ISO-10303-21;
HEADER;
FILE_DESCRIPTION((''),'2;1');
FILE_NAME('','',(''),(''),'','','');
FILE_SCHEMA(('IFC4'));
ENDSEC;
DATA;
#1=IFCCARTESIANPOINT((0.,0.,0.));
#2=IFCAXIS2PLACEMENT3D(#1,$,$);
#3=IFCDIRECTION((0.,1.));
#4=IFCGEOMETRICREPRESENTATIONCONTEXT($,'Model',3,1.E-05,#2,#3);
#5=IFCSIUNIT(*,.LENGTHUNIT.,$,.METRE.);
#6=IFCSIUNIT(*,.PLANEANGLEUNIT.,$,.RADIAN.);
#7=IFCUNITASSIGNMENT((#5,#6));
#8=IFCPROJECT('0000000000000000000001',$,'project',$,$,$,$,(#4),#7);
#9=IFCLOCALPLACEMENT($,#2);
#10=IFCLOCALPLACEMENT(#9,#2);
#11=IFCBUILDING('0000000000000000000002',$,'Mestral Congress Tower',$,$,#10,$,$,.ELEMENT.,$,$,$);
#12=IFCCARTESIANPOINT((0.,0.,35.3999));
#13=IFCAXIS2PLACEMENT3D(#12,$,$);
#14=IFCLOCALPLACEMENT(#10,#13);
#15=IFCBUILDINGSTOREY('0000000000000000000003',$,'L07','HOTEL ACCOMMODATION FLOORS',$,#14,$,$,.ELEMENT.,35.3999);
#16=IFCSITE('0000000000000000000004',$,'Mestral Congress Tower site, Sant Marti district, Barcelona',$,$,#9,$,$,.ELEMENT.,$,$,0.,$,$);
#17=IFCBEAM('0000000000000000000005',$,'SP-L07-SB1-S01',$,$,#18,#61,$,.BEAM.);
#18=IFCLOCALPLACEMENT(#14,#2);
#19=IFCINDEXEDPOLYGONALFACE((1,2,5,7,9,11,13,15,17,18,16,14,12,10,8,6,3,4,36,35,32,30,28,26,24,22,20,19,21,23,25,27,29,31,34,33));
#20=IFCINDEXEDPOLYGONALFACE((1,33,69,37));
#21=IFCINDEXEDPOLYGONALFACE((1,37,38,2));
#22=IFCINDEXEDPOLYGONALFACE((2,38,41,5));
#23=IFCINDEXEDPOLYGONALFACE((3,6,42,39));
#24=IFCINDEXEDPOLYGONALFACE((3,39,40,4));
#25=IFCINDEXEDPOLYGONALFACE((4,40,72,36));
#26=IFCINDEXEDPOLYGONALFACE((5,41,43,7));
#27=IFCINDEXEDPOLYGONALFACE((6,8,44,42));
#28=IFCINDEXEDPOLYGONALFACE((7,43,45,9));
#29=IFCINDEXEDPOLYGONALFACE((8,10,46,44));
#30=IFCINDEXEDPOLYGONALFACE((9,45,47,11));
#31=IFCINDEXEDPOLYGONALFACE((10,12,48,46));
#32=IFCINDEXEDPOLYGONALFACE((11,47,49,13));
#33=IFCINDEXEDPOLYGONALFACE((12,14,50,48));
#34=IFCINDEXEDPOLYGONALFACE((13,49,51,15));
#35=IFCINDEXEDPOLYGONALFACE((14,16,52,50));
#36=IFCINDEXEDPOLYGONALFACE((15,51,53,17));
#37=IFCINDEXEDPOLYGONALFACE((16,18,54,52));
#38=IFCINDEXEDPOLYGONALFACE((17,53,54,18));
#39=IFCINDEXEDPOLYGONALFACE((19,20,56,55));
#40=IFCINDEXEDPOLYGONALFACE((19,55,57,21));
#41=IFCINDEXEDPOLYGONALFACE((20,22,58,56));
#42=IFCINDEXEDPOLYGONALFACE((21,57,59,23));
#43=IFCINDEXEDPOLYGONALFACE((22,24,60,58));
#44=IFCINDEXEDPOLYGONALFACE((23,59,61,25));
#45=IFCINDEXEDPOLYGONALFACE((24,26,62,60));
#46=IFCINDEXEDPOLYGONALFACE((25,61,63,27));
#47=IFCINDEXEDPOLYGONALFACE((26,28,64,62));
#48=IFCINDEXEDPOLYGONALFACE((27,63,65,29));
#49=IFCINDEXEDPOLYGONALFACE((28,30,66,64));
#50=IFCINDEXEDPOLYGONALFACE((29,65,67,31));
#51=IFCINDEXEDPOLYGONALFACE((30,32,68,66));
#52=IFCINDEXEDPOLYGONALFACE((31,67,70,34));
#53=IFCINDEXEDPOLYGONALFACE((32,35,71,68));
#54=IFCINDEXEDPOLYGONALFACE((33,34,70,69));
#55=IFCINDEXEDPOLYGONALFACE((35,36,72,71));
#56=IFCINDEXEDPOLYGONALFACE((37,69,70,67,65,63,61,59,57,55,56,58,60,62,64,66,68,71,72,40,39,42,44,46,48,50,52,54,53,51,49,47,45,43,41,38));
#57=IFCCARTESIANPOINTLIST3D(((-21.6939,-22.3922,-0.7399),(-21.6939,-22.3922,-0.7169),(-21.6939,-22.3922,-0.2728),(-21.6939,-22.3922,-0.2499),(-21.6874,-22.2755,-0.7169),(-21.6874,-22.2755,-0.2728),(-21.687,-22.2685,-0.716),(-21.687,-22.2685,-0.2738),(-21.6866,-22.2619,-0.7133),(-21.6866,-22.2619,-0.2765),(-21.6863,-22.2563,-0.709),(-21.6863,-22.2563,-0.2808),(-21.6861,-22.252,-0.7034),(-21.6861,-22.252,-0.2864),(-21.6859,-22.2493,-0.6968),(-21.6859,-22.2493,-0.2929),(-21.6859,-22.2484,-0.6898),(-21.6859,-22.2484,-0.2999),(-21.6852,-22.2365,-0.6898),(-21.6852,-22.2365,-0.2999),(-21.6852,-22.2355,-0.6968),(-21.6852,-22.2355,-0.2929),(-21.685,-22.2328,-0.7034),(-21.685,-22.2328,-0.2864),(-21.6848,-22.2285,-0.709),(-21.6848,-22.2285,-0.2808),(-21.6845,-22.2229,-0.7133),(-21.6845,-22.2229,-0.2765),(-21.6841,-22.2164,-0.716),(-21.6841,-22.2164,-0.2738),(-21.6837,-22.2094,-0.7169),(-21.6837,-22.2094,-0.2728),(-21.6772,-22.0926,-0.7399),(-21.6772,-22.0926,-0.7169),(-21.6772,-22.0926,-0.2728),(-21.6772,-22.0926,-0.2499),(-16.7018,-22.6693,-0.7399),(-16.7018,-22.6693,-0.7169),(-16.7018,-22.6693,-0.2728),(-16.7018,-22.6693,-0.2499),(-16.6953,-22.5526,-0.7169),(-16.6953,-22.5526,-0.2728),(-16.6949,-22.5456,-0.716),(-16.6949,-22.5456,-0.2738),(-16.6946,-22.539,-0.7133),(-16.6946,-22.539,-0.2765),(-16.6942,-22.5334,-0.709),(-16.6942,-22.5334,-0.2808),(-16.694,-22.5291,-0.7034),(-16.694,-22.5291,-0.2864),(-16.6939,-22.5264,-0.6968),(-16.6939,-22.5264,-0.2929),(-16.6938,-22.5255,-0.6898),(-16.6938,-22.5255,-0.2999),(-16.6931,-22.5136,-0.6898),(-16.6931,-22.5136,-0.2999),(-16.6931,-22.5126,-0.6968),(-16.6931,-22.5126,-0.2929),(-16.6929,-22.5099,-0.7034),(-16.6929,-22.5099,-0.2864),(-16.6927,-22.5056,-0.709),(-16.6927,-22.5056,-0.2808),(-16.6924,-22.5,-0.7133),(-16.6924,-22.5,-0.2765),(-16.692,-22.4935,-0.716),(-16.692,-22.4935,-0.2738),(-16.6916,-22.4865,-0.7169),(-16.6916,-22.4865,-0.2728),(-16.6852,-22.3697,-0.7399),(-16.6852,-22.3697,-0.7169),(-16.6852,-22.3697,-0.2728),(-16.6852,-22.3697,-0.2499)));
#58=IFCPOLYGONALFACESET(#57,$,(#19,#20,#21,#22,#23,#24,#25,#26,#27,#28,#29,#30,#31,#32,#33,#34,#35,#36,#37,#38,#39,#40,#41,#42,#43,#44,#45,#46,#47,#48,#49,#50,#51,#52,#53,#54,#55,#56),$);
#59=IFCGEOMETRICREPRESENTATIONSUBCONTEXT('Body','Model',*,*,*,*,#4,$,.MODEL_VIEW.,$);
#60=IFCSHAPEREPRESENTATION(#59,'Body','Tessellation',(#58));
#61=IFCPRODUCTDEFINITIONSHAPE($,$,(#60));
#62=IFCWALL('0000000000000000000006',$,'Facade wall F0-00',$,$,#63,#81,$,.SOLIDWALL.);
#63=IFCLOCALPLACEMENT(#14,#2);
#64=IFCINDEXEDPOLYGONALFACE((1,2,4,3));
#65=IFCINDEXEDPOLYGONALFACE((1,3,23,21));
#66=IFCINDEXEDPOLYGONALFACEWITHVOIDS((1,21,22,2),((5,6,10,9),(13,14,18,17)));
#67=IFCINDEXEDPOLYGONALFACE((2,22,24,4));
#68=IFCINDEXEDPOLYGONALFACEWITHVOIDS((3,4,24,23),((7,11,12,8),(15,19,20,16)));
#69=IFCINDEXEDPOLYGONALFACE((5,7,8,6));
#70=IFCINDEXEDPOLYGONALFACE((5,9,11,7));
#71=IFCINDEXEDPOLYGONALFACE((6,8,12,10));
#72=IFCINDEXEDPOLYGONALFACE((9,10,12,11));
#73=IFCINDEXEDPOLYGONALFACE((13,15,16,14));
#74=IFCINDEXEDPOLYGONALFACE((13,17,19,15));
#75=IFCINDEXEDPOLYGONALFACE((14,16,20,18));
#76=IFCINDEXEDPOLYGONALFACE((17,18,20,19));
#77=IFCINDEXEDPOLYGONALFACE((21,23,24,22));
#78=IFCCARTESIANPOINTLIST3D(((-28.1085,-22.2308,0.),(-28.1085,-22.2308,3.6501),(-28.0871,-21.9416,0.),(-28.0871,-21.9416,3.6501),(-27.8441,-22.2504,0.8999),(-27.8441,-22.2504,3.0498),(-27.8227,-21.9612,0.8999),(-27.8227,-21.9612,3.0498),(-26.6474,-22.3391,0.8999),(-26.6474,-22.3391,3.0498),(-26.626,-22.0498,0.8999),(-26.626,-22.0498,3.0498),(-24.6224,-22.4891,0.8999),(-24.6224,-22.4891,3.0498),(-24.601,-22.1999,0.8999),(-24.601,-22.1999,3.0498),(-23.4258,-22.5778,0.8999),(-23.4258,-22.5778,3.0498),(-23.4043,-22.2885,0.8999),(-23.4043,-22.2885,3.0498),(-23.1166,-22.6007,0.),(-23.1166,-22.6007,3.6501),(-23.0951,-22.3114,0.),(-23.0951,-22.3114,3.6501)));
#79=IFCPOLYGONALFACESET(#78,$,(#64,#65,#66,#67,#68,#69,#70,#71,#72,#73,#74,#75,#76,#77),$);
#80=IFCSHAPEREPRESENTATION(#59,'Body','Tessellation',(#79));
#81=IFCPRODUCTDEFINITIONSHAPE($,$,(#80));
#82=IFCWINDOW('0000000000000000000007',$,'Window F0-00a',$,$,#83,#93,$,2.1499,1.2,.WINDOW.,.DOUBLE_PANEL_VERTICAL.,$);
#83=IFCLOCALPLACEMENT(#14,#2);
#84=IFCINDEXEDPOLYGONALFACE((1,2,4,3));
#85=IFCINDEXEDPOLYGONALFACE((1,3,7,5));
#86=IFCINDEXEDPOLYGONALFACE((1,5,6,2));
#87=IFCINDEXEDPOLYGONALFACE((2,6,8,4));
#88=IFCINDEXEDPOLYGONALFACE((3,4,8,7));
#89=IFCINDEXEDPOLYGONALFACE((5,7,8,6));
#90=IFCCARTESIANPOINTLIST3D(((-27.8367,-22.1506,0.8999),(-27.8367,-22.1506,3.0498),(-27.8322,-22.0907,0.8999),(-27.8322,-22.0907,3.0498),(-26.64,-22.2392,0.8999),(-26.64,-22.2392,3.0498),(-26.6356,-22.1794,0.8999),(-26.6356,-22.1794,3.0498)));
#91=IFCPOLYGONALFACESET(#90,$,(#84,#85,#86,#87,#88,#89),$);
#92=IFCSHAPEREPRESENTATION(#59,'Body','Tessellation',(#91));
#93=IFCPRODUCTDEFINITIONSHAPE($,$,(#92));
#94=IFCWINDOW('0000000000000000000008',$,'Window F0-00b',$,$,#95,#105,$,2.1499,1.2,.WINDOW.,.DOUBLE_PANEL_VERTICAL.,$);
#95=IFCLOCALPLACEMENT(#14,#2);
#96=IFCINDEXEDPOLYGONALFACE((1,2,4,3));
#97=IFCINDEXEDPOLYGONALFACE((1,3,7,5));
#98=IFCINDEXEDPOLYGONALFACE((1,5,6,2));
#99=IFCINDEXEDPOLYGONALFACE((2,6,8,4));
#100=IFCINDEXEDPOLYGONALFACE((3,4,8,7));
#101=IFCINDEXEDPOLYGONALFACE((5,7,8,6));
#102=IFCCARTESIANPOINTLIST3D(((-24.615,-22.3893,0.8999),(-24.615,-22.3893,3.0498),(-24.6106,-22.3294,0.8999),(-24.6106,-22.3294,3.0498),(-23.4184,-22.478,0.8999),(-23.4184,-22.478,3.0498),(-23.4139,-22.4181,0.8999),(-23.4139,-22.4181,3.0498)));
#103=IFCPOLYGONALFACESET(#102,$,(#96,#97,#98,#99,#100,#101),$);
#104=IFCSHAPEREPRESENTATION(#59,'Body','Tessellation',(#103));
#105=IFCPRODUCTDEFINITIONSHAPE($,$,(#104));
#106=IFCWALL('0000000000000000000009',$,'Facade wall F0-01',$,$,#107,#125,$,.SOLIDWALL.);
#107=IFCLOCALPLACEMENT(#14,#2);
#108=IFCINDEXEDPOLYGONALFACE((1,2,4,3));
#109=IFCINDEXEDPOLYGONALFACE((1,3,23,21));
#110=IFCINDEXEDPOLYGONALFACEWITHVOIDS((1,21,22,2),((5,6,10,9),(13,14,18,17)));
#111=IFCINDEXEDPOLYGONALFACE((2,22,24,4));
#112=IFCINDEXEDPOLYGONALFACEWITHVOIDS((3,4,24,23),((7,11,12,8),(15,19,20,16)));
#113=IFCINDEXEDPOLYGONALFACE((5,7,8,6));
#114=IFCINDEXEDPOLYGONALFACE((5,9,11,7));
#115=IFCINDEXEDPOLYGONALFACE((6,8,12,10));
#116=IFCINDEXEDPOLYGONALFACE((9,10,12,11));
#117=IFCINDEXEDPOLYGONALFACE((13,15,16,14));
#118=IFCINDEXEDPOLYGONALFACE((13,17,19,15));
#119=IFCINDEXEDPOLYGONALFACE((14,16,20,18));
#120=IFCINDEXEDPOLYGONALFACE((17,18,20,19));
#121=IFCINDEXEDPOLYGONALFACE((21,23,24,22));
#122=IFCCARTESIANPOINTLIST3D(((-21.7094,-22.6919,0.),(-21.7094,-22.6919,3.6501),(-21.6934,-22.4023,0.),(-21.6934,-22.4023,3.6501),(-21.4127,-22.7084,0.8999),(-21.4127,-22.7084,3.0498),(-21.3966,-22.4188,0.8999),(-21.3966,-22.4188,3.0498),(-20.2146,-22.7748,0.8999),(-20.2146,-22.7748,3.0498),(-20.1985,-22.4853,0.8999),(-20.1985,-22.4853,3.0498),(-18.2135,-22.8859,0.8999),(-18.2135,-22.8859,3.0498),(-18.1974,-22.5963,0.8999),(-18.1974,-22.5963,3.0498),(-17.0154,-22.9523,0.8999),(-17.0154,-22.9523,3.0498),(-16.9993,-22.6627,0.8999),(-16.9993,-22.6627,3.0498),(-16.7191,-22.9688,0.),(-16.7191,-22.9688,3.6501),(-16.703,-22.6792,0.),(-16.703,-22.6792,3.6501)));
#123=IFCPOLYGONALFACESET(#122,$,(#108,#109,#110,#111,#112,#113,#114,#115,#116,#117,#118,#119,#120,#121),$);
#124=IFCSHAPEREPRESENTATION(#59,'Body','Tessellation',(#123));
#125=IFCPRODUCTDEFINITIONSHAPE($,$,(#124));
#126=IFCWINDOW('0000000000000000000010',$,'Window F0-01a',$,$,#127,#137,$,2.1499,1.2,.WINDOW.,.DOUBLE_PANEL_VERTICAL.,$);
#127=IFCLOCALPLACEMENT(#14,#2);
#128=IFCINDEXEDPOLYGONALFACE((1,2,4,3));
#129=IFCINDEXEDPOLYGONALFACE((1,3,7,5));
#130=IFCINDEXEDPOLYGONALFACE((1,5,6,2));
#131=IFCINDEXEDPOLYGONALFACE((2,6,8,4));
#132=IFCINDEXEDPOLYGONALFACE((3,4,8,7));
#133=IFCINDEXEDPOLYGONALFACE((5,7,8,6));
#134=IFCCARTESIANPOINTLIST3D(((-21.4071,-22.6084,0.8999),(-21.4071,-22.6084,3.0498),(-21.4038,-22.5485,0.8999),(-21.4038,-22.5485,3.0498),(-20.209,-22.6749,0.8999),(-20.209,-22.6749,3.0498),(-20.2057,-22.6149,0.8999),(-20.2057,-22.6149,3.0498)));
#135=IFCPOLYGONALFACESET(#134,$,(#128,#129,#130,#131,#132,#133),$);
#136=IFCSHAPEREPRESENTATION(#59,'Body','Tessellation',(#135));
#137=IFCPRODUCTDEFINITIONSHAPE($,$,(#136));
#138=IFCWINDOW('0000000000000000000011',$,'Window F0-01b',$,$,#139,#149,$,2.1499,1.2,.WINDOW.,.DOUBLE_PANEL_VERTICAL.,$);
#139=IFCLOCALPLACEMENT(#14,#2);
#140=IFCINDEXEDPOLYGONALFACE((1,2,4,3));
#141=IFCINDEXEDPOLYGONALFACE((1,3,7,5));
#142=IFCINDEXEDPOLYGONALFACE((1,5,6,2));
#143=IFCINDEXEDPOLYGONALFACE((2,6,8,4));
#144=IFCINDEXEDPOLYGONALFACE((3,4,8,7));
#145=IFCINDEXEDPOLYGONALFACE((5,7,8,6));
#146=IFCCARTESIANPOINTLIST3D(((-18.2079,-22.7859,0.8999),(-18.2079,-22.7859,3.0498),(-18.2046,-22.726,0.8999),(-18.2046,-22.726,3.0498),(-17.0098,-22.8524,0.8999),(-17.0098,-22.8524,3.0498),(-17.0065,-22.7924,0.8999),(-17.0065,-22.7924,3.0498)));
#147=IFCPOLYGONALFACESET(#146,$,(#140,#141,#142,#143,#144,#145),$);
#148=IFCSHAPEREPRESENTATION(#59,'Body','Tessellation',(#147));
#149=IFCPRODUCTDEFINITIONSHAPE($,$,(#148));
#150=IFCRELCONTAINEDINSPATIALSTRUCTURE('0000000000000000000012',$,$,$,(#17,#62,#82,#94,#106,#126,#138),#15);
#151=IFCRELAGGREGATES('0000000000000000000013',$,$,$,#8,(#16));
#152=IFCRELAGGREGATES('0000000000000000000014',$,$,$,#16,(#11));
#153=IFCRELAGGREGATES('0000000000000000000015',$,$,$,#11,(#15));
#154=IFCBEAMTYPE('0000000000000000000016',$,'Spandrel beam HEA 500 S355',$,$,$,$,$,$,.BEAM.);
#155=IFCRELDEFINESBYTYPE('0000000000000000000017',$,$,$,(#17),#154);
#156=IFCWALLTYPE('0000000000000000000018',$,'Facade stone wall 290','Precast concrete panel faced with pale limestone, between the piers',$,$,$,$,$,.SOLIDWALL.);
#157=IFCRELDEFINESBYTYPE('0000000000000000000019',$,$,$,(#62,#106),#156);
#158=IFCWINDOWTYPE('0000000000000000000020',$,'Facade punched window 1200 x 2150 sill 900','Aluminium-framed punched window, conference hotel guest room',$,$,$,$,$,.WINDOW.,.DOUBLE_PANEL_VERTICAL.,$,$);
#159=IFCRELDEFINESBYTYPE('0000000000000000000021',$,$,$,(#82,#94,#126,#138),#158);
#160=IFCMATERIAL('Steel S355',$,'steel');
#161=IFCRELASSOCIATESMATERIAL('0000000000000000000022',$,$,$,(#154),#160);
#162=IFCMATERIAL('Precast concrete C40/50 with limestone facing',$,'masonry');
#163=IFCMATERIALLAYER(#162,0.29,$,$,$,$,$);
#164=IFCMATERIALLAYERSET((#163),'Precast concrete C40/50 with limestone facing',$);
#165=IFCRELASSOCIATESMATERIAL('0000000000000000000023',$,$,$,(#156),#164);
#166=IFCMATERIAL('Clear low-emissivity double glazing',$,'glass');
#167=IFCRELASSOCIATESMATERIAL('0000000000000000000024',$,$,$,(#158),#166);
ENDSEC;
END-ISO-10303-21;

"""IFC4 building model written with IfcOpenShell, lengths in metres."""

from ifc_helpers import new_model, si_unit, direction, frame, frame_2d, origin, origin_2d, place, context, subcontext, project, spatial, rectangle, i_section, extrude, material, layer, layer_set, material_profile, profile_set, type_object, element, fill, save


model = new_model("IFC4")

# Units and contexts
model_context = context("Model", 3, precision=1e-05, world=origin(), true_north=direction((0.0, 1.0)))
body_context = subcontext(model_context, "Body", "Model", "MODEL_VIEW")
ifc_project = project(units=[si_unit("LENGTHUNIT", "METRE"), si_unit("PLANEANGLEUNIT", "RADIAN")], contexts=[model_context])

# Site, building, storey
site_placement = place(None, origin())
site = spatial("IfcSite", under=ifc_project, at=site_placement, Name="Mestral Congress Tower site, Sant Marti district, Barcelona", CompositionType="ELEMENT", RefElevation=0.0)
building_placement = place(site_placement, origin())
building = spatial("IfcBuilding", under=site, at=building_placement, Name="Mestral Congress Tower", CompositionType="ELEMENT")
storey_placement = place(building_placement, frame((0.0, 0.0, 35.3999)))
storey = spatial("IfcBuildingStorey", under=building, at=storey_placement, Name="L07", Description="HOTEL ACCOMMODATION FLOORS", CompositionType="ELEMENT", Elevation=35.3999)

# Beam
ifc_material_1 = material(Name="Steel S355", Category="steel")
ifc_material_profile_1 = material_profile(ifc_material_1, i_section(OverallWidth=0.3, OverallDepth=0.49, WebThickness=0.012, FlangeThickness=0.0229, FilletRadius=0.0271, at=origin_2d()), Name="HEA 500")
ifc_profile_set_1 = profile_set([ifc_material_profile_1], Name="Steel S355")
beam_type_1 = type_object("IfcBeamType", Name="Spandrel beam HEA 500 S355", PredefinedType="BEAM", material=ifc_profile_set_1)
beam_1_placement = place(storey_placement, frame((-21.6855, -22.2424, -0.4949), z_axis=(0.998463, -0.055421, 0.0), x_axis=(0.055421, 0.998463, 0.0)))
element("IfcBeam", 1, at=beam_1_placement, inside=storey, type_object=beam_type_1, Name="SP-L07-SB1-S01", PredefinedType="BEAM", context=body_context, shape_type="SweptSolid", body=[
    extrude(i_section(OverallWidth=0.3, OverallDepth=0.49, WebThickness=0.012, FlangeThickness=0.0229, FilletRadius=0.0271, at=origin_2d()), origin(), (0.0, 0.0, 1.0), 4.9998),
])

# Walls, openings, windows
ifc_material_2 = material(Name="Precast concrete C40/50 with limestone facing", Category="masonry")
ifc_layer_1 = layer(ifc_material_2, 0.29)
ifc_layer_set_1 = layer_set([ifc_layer_1], Name="Precast concrete C40/50 with limestone facing")
wall_type_1 = type_object("IfcWallType", Name="Facade stone wall 290", Description="Precast concrete panel faced with pale limestone, between the piers", PredefinedType="SOLIDWALL", material=ifc_layer_set_1)
wall_1_placement = place(storey_placement, frame((-28.0979, -22.0862, 0.0), z_axis=(0.0, 0.0, 1.0), x_axis=(0.997266, -0.073891, 0.0)))
wall_1 = element("IfcWall", 2, at=wall_1_placement, inside=storey, type_object=wall_type_1, Name="Facade wall F0-00", PredefinedType="SOLIDWALL", context=body_context, shape_type="SweptSolid", body=[
    extrude(rectangle(XDim=5.0056, YDim=0.29, at=frame_2d((2.5029, 0.0))), origin(), (0.0, 0.0, 1.0), 3.6501),
])
opening_1_placement = place(wall_1_placement, frame((0.2651, 0.0, 0.8999)))
opening_1 = element("IfcOpeningElement", 3, at=opening_1_placement, cuts=wall_1, PredefinedType="OPENING", context=body_context, shape_type="SweptSolid", body=[
    extrude(rectangle(XDim=1.2, YDim=2.1499, at=frame_2d((0.6001, 1.075))), frame((0.0, 0.155, 0.0), z_axis=(0.0, -1.0, 0.0), x_axis=(1.0, 0.0, 0.0)), (0.0, 0.0, 1.0), 0.3101),
])
opening_2_placement = place(wall_1_placement, frame((3.4956, 0.0, 0.8999)))
opening_2 = element("IfcOpeningElement", 4, at=opening_2_placement, cuts=wall_1, PredefinedType="OPENING", context=body_context, shape_type="SweptSolid", body=[
    extrude(rectangle(XDim=1.2, YDim=2.1499, at=frame_2d((0.6001, 1.075))), frame((0.0, 0.155, 0.0), z_axis=(0.0, -1.0, 0.0), x_axis=(1.0, 0.0, 0.0)), (0.0, 0.0, 1.0), 0.3101),
])
ifc_material_3 = material(Name="Clear low-emissivity double glazing", Category="glass")
window_type = type_object("IfcWindowType", Name="Facade punched window 1200 x 2150 sill 900", Description="Aluminium-framed punched window, conference hotel guest room", PartitioningType="DOUBLE_PANEL_VERTICAL", PredefinedType="WINDOW", material=ifc_material_3)
window_1_placement = place(opening_1_placement, origin())
window_1 = element("IfcWindow", 5, at=window_1_placement, inside=storey, type_object=window_type, Name="Window F0-00a", OverallHeight=2.1499, OverallWidth=1.2, PartitioningType="DOUBLE_PANEL_VERTICAL", PredefinedType="WINDOW", context=body_context, shape_type="SweptSolid", body=[
    extrude(rectangle(XDim=1.2, YDim=2.1499, at=frame_2d((0.6001, 1.075))), frame((0.0, 0.0151, 0.0), z_axis=(0.0, -1.0, 0.0), x_axis=(1.0, 0.0, 0.0)), (0.0, 0.0, 1.0), 0.0601),
])
fill(opening_1, window_1)
window_2_placement = place(opening_2_placement, origin())
window_2 = element("IfcWindow", 6, at=window_2_placement, inside=storey, type_object=window_type, Name="Window F0-00b", OverallHeight=2.1499, OverallWidth=1.2, PartitioningType="DOUBLE_PANEL_VERTICAL", PredefinedType="WINDOW", context=body_context, shape_type="SweptSolid", body=[
    extrude(rectangle(XDim=1.2, YDim=2.1499, at=frame_2d((0.6001, 1.075))), frame((0.0, 0.0151, 0.0), z_axis=(0.0, -1.0, 0.0), x_axis=(1.0, 0.0, 0.0)), (0.0, 0.0, 1.0), 0.0601),
])
fill(opening_2, window_2)
wall_2_placement = place(storey_placement, frame((-21.7014, -22.5471, 0.0), z_axis=(0.0, 0.0, 1.0), x_axis=(0.998465, -0.055392, 0.0)))
wall_2 = element("IfcWall", 7, at=wall_2_placement, inside=storey, type_object=wall_type_1, Name="Facade wall F0-01", PredefinedType="SOLIDWALL", context=body_context, shape_type="SweptSolid", body=[
    extrude(rectangle(XDim=4.998, YDim=0.29, at=frame_2d((2.499, 0.0))), origin(), (0.0, 0.0, 1.0), 3.6501),
])
opening_3_placement = place(wall_2_placement, frame((0.2971, 0.0, 0.8999)))
opening_3 = element("IfcOpeningElement", 8, at=opening_3_placement, cuts=wall_2, PredefinedType="OPENING", context=body_context, shape_type="SweptSolid", body=[
    extrude(rectangle(XDim=1.2, YDim=2.1499, at=frame_2d((0.6001, 1.075))), frame((0.0, 0.155, 0.0), z_axis=(0.0, -1.0, 0.0), x_axis=(1.0, 0.0, 0.0)), (0.0, 0.0, 1.0), 0.3101),
])
opening_4_placement = place(wall_2_placement, frame((3.5012, 0.0, 0.8999)))
opening_4 = element("IfcOpeningElement", 9, at=opening_4_placement, cuts=wall_2, PredefinedType="OPENING", context=body_context, shape_type="SweptSolid", body=[
    extrude(rectangle(XDim=1.2, YDim=2.1499, at=frame_2d((0.6001, 1.075))), frame((0.0, 0.155, 0.0), z_axis=(0.0, -1.0, 0.0), x_axis=(1.0, 0.0, 0.0)), (0.0, 0.0, 1.0), 0.3101),
])
window_3_placement = place(opening_3_placement, origin())
window_3 = element("IfcWindow", 10, at=window_3_placement, inside=storey, type_object=window_type, Name="Window F0-01a", OverallHeight=2.1499, OverallWidth=1.2, PartitioningType="DOUBLE_PANEL_VERTICAL", PredefinedType="WINDOW", context=body_context, shape_type="SweptSolid", body=[
    extrude(rectangle(XDim=1.2, YDim=2.1499, at=frame_2d((0.6001, 1.075))), frame((0.0, 0.0151, 0.0), z_axis=(0.0, -1.0, 0.0), x_axis=(1.0, 0.0, 0.0)), (0.0, 0.0, 1.0), 0.0601),
])
fill(opening_3, window_3)
window_4_placement = place(opening_4_placement, origin())
window_4 = element("IfcWindow", 11, at=window_4_placement, inside=storey, type_object=window_type, Name="Window F0-01b", OverallHeight=2.1499, OverallWidth=1.2, PartitioningType="DOUBLE_PANEL_VERTICAL", PredefinedType="WINDOW", context=body_context, shape_type="SweptSolid", body=[
    extrude(rectangle(XDim=1.2, YDim=2.1499, at=frame_2d((0.6001, 1.075))), frame((0.0, 0.0151, 0.0), z_axis=(0.0, -1.0, 0.0), x_axis=(1.0, 0.0, 0.0)), (0.0, 0.0, 1.0), 0.0601),
])
fill(opening_4, window_4)

save(model, "model.ifc")
